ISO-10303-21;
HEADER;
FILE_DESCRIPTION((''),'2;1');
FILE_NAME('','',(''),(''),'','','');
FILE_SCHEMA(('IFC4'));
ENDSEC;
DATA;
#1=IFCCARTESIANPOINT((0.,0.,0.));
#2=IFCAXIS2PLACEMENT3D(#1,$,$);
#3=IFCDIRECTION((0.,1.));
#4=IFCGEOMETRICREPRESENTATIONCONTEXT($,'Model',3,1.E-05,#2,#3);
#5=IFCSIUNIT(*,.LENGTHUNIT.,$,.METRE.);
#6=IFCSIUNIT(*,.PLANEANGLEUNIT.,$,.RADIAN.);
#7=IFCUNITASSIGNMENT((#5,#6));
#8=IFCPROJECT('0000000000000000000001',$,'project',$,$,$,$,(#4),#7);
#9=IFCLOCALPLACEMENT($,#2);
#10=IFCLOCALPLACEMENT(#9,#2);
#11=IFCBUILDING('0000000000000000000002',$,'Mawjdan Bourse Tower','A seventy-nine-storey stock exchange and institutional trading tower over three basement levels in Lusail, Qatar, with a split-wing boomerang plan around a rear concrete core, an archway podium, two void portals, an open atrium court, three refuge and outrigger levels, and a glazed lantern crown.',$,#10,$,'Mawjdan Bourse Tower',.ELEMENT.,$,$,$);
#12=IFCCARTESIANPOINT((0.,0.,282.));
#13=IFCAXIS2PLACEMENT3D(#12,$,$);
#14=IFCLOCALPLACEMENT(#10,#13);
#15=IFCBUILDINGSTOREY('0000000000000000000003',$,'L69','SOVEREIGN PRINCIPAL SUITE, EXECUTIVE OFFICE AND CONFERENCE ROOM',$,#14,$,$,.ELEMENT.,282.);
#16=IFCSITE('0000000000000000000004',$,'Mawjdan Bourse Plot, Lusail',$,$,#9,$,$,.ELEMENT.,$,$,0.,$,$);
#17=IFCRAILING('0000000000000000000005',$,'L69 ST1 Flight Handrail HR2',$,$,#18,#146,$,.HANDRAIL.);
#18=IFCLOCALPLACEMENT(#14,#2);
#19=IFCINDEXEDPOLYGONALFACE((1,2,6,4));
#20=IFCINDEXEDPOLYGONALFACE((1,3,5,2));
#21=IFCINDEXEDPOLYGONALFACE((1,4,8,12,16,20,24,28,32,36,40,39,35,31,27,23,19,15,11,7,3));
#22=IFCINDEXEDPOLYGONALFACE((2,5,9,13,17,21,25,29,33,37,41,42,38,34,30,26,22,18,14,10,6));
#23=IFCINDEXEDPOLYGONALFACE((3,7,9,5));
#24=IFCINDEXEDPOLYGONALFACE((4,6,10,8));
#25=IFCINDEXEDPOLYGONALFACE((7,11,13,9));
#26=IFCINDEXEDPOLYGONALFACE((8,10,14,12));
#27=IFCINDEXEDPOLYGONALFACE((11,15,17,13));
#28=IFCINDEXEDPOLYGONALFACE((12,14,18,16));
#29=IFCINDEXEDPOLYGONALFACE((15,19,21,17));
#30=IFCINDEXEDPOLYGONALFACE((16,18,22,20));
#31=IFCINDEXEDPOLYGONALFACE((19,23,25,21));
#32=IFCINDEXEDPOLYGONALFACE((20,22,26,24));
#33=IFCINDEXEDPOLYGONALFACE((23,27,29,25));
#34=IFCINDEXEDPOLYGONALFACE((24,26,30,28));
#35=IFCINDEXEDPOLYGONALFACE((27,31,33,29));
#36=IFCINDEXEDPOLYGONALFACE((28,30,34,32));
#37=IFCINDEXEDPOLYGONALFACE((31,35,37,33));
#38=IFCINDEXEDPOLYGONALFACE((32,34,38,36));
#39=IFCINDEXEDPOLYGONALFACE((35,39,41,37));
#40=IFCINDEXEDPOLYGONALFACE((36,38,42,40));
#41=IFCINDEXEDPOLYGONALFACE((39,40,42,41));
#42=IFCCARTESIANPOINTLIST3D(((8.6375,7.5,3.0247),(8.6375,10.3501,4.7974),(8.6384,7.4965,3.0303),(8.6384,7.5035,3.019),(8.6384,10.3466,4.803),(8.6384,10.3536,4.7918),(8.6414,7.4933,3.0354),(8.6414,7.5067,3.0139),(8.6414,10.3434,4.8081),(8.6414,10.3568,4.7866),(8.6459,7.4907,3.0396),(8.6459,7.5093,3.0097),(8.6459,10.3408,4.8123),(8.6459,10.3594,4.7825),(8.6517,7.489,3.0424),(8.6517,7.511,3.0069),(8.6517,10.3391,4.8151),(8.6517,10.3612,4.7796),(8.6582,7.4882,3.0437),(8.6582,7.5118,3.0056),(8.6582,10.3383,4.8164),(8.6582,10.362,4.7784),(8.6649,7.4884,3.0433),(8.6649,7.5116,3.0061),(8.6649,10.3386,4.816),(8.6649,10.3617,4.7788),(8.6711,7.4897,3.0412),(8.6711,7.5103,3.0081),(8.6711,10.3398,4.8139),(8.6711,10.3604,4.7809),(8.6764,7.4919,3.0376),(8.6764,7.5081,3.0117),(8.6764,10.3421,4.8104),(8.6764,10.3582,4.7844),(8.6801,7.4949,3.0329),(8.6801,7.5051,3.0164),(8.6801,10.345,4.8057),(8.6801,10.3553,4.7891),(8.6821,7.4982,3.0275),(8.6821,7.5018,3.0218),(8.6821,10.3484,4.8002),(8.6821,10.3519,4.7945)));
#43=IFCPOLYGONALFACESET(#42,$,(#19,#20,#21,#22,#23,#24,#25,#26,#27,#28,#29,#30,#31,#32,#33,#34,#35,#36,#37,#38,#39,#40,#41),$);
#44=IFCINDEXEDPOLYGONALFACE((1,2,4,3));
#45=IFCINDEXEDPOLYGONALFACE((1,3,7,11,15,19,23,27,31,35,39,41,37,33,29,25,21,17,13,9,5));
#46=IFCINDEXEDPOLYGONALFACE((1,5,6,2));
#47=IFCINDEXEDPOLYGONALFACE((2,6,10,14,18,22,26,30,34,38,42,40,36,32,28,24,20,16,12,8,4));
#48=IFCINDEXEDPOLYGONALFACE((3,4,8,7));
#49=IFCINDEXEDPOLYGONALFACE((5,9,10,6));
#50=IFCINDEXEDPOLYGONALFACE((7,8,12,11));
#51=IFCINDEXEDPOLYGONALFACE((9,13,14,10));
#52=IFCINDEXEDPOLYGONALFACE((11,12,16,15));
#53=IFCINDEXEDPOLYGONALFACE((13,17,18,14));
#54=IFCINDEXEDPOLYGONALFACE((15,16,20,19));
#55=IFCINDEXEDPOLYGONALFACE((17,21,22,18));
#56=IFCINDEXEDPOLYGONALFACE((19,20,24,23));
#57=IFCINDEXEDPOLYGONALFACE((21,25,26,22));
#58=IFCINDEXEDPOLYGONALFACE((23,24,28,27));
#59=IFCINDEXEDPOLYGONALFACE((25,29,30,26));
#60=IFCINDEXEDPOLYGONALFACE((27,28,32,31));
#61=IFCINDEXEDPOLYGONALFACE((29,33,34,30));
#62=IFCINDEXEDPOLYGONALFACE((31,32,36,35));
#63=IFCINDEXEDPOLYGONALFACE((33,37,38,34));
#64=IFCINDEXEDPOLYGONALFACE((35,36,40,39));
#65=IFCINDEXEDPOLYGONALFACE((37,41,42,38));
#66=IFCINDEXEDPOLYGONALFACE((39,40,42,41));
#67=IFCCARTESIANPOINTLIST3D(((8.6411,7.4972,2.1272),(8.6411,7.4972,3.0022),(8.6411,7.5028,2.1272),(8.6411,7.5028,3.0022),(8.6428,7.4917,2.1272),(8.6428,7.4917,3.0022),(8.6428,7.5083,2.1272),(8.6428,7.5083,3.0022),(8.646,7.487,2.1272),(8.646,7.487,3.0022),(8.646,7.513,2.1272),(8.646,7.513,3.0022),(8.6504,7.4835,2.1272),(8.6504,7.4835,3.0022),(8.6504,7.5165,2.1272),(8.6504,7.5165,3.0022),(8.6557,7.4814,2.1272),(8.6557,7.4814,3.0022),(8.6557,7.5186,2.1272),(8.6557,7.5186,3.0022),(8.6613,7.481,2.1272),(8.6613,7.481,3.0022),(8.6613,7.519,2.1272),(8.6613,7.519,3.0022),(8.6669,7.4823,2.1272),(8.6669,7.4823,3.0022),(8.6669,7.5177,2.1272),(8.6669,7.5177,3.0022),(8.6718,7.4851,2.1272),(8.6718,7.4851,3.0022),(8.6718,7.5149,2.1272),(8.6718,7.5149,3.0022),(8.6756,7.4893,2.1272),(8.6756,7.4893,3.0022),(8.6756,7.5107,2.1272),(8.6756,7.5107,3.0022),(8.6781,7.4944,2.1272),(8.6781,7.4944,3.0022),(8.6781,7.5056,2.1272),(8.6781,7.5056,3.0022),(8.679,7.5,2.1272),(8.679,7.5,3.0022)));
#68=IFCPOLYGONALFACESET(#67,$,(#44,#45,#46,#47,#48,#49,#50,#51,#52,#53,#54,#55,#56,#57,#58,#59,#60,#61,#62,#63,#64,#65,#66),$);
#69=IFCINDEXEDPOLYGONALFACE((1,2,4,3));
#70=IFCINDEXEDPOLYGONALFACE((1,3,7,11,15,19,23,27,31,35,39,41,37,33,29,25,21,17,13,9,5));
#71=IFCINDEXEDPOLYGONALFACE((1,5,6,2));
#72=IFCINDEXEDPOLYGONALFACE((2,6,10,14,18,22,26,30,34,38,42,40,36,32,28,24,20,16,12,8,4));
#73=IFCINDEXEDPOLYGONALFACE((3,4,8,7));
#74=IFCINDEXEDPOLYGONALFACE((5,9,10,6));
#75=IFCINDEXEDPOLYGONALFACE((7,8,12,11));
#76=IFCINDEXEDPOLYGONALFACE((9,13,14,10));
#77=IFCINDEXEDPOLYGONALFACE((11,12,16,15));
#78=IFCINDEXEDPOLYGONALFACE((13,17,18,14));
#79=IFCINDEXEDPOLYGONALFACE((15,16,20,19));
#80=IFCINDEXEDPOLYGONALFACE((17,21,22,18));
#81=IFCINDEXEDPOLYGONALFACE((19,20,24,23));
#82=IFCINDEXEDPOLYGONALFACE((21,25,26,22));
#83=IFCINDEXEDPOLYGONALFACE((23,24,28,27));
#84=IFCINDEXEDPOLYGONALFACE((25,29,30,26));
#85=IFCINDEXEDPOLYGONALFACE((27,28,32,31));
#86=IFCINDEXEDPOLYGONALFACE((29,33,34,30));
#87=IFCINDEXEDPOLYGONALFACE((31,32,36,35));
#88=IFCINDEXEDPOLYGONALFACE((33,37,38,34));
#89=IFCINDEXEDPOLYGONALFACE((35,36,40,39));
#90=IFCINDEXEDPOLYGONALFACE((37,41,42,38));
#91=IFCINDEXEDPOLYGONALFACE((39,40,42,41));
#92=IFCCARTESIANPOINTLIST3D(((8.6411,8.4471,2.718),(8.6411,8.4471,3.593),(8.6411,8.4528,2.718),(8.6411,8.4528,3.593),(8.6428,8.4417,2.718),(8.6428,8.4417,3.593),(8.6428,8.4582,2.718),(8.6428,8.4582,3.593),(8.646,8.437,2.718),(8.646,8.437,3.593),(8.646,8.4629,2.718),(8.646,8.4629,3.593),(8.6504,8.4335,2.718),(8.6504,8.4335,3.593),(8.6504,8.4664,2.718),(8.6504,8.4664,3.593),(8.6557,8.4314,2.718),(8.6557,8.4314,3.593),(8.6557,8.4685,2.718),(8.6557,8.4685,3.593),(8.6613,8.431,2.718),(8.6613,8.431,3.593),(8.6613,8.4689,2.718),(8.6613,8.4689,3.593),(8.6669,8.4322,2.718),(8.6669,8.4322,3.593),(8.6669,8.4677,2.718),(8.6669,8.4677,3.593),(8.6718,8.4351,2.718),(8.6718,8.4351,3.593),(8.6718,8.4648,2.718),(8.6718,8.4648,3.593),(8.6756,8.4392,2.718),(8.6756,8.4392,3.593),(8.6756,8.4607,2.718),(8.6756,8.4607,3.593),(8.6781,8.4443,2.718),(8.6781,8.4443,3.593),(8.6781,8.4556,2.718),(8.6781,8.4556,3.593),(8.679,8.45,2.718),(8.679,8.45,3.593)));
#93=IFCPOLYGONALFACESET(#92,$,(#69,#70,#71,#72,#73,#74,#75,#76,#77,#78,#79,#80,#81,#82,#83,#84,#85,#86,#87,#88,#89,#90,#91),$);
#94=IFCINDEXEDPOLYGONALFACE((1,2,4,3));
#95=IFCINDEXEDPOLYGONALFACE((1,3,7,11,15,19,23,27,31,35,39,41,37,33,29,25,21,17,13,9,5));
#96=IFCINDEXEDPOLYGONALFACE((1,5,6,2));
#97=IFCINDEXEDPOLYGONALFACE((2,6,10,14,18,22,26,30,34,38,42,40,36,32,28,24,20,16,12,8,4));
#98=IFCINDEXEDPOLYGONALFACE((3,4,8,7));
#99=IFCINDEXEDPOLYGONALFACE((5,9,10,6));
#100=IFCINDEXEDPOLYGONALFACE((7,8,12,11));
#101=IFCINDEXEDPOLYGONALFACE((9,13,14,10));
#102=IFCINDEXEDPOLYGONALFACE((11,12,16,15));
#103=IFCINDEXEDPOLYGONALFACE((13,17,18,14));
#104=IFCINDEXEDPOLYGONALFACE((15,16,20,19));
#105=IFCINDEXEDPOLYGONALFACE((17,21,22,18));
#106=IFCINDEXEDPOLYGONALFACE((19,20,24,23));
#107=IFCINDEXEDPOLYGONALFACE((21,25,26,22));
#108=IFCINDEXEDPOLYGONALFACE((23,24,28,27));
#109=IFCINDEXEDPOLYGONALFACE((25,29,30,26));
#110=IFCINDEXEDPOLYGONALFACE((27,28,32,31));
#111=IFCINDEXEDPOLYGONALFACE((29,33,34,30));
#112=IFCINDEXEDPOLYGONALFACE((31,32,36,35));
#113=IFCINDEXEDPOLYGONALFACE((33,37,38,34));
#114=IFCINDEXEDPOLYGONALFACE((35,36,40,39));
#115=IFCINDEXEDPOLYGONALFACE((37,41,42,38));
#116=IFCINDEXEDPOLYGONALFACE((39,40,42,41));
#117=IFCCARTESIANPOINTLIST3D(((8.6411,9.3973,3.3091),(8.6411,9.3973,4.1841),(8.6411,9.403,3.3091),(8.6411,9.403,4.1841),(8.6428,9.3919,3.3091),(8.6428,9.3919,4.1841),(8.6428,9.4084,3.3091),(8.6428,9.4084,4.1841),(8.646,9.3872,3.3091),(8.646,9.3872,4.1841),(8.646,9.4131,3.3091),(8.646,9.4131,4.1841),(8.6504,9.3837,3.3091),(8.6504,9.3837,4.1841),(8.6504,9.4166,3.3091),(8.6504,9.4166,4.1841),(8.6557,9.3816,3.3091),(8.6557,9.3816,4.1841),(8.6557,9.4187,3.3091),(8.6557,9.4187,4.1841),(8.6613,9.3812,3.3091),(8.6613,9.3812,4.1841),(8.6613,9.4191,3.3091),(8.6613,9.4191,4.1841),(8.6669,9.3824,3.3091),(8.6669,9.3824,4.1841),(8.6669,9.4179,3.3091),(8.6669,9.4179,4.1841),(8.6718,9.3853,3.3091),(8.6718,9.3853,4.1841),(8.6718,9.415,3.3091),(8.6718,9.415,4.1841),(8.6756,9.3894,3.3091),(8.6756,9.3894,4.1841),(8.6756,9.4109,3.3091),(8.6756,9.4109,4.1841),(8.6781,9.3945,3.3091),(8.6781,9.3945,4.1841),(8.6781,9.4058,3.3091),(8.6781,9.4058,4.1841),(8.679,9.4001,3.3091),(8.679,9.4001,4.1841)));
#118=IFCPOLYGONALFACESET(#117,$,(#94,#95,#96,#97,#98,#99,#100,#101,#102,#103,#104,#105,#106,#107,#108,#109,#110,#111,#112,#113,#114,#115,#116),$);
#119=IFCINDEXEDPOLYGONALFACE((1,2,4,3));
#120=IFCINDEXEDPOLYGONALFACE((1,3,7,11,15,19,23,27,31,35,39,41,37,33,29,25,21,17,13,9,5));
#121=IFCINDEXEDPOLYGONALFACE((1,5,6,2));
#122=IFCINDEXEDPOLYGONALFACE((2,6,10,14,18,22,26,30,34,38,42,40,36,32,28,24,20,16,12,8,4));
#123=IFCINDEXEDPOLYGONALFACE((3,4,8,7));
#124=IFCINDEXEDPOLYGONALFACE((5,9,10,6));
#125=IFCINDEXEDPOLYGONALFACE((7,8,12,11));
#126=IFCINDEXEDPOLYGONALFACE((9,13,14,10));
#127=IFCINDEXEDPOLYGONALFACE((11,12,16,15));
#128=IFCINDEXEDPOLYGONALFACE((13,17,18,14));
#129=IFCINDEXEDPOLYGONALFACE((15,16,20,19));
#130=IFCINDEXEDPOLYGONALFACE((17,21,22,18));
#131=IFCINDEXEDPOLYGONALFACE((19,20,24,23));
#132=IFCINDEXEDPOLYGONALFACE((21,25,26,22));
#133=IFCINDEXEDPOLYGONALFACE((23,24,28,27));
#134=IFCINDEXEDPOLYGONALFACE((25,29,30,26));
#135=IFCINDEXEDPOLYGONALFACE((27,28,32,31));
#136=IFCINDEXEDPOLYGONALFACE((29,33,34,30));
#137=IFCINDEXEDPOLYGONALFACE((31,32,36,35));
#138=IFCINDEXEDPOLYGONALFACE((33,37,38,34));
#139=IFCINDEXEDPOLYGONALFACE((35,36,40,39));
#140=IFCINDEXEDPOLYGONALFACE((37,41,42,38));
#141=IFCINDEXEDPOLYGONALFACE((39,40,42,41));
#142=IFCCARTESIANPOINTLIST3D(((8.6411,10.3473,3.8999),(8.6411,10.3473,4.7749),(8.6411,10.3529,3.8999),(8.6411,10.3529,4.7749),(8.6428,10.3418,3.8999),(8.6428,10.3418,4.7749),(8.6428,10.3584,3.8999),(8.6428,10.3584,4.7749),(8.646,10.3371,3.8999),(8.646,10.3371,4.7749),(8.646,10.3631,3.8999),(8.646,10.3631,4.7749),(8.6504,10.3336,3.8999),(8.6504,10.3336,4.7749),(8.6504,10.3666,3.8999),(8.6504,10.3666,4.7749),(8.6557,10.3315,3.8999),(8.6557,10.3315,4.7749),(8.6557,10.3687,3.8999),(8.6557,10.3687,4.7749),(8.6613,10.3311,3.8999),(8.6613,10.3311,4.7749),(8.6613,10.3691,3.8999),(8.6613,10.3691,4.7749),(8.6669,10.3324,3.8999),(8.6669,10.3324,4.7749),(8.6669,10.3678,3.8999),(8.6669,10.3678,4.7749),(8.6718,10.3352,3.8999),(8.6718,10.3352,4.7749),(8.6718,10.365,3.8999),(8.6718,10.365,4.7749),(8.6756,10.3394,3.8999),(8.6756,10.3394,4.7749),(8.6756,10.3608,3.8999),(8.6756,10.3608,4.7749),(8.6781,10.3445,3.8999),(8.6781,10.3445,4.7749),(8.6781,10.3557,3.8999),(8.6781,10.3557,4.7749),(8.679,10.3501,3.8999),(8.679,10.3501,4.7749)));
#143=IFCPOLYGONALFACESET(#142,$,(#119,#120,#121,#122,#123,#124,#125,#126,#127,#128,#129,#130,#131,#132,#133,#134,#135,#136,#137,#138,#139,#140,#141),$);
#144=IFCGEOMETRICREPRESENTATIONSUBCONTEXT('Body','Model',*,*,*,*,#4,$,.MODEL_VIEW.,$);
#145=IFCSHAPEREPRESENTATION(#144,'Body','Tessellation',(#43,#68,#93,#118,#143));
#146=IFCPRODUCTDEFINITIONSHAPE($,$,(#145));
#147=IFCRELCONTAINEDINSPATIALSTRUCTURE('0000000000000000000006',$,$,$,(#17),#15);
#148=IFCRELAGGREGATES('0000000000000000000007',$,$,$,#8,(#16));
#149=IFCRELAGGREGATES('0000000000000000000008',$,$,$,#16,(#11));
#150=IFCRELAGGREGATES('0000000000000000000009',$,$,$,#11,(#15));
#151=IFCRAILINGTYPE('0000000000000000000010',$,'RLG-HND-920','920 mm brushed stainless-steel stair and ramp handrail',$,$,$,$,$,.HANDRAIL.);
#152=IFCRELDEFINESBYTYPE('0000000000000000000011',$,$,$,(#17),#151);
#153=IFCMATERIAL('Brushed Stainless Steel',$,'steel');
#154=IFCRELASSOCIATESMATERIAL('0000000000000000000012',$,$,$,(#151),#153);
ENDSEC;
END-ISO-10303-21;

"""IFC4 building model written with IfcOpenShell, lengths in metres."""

from ifc_helpers import new_model, si_unit, direction, frame, origin, origin_2d, place, context, subcontext, project, spatial, circle, extrude, material, type_object, element, save


model = new_model("IFC4")

# Units and contexts
model_context = context("Model", 3, precision=1e-05, world=origin(), true_north=direction((0.0, 1.0)))
body_context = subcontext(model_context, "Body", "Model", "MODEL_VIEW")
ifc_project = project(units=[si_unit("LENGTHUNIT", "METRE"), si_unit("PLANEANGLEUNIT", "RADIAN")], contexts=[model_context])

# Site, building, storey
site_placement = place(None, origin())
site = spatial("IfcSite", under=ifc_project, at=site_placement, Name="Mawjdan Bourse Plot, Lusail", CompositionType="ELEMENT", RefElevation=0.0)
building_placement = place(site_placement, origin())
building = spatial("IfcBuilding", under=site, at=building_placement, Name="Mawjdan Bourse Tower", Description="A seventy-nine-storey stock exchange and institutional trading tower over three basement levels in Lusail, Qatar, with a split-wing boomerang plan around a rear concrete core, an archway podium, two void portals, an open atrium court, three refuge and outrigger levels, and a glazed lantern crown.", LongName="Mawjdan Bourse Tower", CompositionType="ELEMENT")
storey_placement = place(building_placement, frame((0.0, 0.0, 282.0)))
storey = spatial("IfcBuildingStorey", under=building, at=storey_placement, Name="L69", Description="SOVEREIGN PRINCIPAL SUITE, EXECUTIVE OFFICE AND CONFERENCE ROOM", CompositionType="ELEMENT", Elevation=282.0)

# Railing
ifc_material_1 = material(Name="Brushed Stainless Steel", Category="steel")
railing_type = type_object("IfcRailingType", Name="RLG-HND-920", Description="920 mm brushed stainless-steel stair and ramp handrail", PredefinedType="HANDRAIL", material=ifc_material_1)
railing_placement = place(storey_placement, frame((8.6599, 7.5, 2.1272)))
element("IfcRailing", 1, at=railing_placement, inside=storey, type_object=railing_type, Name="L69 ST1 Flight Handrail HR2", PredefinedType="HANDRAIL", context=body_context, shape_type="SweptSolid", body=[
    extrude(circle(Radius=0.0225, at=origin_2d()), frame((0.0, 0.0, 0.8975), z_axis=(0.0, 0.849149, 0.528154), x_axis=(-1.0, 0.0, 0.0)), (0.0, 0.0, 1.0), 3.3564),
    extrude(circle(Radius=0.019, at=origin_2d()), origin(), (0.0, 0.0, 1.0), 0.875),
    extrude(circle(Radius=0.019, at=origin_2d()), frame((0.0, 0.95, 0.5908)), (0.0, 0.0, 1.0), 0.875),
    extrude(circle(Radius=0.019, at=origin_2d()), frame((0.0, 1.9001, 1.1819)), (0.0, 0.0, 1.0), 0.875),
    extrude(circle(Radius=0.019, at=origin_2d()), frame((0.0, 2.8501, 1.7727)), (0.0, 0.0, 1.0), 0.875),
])

save(model, "model.ifc")
